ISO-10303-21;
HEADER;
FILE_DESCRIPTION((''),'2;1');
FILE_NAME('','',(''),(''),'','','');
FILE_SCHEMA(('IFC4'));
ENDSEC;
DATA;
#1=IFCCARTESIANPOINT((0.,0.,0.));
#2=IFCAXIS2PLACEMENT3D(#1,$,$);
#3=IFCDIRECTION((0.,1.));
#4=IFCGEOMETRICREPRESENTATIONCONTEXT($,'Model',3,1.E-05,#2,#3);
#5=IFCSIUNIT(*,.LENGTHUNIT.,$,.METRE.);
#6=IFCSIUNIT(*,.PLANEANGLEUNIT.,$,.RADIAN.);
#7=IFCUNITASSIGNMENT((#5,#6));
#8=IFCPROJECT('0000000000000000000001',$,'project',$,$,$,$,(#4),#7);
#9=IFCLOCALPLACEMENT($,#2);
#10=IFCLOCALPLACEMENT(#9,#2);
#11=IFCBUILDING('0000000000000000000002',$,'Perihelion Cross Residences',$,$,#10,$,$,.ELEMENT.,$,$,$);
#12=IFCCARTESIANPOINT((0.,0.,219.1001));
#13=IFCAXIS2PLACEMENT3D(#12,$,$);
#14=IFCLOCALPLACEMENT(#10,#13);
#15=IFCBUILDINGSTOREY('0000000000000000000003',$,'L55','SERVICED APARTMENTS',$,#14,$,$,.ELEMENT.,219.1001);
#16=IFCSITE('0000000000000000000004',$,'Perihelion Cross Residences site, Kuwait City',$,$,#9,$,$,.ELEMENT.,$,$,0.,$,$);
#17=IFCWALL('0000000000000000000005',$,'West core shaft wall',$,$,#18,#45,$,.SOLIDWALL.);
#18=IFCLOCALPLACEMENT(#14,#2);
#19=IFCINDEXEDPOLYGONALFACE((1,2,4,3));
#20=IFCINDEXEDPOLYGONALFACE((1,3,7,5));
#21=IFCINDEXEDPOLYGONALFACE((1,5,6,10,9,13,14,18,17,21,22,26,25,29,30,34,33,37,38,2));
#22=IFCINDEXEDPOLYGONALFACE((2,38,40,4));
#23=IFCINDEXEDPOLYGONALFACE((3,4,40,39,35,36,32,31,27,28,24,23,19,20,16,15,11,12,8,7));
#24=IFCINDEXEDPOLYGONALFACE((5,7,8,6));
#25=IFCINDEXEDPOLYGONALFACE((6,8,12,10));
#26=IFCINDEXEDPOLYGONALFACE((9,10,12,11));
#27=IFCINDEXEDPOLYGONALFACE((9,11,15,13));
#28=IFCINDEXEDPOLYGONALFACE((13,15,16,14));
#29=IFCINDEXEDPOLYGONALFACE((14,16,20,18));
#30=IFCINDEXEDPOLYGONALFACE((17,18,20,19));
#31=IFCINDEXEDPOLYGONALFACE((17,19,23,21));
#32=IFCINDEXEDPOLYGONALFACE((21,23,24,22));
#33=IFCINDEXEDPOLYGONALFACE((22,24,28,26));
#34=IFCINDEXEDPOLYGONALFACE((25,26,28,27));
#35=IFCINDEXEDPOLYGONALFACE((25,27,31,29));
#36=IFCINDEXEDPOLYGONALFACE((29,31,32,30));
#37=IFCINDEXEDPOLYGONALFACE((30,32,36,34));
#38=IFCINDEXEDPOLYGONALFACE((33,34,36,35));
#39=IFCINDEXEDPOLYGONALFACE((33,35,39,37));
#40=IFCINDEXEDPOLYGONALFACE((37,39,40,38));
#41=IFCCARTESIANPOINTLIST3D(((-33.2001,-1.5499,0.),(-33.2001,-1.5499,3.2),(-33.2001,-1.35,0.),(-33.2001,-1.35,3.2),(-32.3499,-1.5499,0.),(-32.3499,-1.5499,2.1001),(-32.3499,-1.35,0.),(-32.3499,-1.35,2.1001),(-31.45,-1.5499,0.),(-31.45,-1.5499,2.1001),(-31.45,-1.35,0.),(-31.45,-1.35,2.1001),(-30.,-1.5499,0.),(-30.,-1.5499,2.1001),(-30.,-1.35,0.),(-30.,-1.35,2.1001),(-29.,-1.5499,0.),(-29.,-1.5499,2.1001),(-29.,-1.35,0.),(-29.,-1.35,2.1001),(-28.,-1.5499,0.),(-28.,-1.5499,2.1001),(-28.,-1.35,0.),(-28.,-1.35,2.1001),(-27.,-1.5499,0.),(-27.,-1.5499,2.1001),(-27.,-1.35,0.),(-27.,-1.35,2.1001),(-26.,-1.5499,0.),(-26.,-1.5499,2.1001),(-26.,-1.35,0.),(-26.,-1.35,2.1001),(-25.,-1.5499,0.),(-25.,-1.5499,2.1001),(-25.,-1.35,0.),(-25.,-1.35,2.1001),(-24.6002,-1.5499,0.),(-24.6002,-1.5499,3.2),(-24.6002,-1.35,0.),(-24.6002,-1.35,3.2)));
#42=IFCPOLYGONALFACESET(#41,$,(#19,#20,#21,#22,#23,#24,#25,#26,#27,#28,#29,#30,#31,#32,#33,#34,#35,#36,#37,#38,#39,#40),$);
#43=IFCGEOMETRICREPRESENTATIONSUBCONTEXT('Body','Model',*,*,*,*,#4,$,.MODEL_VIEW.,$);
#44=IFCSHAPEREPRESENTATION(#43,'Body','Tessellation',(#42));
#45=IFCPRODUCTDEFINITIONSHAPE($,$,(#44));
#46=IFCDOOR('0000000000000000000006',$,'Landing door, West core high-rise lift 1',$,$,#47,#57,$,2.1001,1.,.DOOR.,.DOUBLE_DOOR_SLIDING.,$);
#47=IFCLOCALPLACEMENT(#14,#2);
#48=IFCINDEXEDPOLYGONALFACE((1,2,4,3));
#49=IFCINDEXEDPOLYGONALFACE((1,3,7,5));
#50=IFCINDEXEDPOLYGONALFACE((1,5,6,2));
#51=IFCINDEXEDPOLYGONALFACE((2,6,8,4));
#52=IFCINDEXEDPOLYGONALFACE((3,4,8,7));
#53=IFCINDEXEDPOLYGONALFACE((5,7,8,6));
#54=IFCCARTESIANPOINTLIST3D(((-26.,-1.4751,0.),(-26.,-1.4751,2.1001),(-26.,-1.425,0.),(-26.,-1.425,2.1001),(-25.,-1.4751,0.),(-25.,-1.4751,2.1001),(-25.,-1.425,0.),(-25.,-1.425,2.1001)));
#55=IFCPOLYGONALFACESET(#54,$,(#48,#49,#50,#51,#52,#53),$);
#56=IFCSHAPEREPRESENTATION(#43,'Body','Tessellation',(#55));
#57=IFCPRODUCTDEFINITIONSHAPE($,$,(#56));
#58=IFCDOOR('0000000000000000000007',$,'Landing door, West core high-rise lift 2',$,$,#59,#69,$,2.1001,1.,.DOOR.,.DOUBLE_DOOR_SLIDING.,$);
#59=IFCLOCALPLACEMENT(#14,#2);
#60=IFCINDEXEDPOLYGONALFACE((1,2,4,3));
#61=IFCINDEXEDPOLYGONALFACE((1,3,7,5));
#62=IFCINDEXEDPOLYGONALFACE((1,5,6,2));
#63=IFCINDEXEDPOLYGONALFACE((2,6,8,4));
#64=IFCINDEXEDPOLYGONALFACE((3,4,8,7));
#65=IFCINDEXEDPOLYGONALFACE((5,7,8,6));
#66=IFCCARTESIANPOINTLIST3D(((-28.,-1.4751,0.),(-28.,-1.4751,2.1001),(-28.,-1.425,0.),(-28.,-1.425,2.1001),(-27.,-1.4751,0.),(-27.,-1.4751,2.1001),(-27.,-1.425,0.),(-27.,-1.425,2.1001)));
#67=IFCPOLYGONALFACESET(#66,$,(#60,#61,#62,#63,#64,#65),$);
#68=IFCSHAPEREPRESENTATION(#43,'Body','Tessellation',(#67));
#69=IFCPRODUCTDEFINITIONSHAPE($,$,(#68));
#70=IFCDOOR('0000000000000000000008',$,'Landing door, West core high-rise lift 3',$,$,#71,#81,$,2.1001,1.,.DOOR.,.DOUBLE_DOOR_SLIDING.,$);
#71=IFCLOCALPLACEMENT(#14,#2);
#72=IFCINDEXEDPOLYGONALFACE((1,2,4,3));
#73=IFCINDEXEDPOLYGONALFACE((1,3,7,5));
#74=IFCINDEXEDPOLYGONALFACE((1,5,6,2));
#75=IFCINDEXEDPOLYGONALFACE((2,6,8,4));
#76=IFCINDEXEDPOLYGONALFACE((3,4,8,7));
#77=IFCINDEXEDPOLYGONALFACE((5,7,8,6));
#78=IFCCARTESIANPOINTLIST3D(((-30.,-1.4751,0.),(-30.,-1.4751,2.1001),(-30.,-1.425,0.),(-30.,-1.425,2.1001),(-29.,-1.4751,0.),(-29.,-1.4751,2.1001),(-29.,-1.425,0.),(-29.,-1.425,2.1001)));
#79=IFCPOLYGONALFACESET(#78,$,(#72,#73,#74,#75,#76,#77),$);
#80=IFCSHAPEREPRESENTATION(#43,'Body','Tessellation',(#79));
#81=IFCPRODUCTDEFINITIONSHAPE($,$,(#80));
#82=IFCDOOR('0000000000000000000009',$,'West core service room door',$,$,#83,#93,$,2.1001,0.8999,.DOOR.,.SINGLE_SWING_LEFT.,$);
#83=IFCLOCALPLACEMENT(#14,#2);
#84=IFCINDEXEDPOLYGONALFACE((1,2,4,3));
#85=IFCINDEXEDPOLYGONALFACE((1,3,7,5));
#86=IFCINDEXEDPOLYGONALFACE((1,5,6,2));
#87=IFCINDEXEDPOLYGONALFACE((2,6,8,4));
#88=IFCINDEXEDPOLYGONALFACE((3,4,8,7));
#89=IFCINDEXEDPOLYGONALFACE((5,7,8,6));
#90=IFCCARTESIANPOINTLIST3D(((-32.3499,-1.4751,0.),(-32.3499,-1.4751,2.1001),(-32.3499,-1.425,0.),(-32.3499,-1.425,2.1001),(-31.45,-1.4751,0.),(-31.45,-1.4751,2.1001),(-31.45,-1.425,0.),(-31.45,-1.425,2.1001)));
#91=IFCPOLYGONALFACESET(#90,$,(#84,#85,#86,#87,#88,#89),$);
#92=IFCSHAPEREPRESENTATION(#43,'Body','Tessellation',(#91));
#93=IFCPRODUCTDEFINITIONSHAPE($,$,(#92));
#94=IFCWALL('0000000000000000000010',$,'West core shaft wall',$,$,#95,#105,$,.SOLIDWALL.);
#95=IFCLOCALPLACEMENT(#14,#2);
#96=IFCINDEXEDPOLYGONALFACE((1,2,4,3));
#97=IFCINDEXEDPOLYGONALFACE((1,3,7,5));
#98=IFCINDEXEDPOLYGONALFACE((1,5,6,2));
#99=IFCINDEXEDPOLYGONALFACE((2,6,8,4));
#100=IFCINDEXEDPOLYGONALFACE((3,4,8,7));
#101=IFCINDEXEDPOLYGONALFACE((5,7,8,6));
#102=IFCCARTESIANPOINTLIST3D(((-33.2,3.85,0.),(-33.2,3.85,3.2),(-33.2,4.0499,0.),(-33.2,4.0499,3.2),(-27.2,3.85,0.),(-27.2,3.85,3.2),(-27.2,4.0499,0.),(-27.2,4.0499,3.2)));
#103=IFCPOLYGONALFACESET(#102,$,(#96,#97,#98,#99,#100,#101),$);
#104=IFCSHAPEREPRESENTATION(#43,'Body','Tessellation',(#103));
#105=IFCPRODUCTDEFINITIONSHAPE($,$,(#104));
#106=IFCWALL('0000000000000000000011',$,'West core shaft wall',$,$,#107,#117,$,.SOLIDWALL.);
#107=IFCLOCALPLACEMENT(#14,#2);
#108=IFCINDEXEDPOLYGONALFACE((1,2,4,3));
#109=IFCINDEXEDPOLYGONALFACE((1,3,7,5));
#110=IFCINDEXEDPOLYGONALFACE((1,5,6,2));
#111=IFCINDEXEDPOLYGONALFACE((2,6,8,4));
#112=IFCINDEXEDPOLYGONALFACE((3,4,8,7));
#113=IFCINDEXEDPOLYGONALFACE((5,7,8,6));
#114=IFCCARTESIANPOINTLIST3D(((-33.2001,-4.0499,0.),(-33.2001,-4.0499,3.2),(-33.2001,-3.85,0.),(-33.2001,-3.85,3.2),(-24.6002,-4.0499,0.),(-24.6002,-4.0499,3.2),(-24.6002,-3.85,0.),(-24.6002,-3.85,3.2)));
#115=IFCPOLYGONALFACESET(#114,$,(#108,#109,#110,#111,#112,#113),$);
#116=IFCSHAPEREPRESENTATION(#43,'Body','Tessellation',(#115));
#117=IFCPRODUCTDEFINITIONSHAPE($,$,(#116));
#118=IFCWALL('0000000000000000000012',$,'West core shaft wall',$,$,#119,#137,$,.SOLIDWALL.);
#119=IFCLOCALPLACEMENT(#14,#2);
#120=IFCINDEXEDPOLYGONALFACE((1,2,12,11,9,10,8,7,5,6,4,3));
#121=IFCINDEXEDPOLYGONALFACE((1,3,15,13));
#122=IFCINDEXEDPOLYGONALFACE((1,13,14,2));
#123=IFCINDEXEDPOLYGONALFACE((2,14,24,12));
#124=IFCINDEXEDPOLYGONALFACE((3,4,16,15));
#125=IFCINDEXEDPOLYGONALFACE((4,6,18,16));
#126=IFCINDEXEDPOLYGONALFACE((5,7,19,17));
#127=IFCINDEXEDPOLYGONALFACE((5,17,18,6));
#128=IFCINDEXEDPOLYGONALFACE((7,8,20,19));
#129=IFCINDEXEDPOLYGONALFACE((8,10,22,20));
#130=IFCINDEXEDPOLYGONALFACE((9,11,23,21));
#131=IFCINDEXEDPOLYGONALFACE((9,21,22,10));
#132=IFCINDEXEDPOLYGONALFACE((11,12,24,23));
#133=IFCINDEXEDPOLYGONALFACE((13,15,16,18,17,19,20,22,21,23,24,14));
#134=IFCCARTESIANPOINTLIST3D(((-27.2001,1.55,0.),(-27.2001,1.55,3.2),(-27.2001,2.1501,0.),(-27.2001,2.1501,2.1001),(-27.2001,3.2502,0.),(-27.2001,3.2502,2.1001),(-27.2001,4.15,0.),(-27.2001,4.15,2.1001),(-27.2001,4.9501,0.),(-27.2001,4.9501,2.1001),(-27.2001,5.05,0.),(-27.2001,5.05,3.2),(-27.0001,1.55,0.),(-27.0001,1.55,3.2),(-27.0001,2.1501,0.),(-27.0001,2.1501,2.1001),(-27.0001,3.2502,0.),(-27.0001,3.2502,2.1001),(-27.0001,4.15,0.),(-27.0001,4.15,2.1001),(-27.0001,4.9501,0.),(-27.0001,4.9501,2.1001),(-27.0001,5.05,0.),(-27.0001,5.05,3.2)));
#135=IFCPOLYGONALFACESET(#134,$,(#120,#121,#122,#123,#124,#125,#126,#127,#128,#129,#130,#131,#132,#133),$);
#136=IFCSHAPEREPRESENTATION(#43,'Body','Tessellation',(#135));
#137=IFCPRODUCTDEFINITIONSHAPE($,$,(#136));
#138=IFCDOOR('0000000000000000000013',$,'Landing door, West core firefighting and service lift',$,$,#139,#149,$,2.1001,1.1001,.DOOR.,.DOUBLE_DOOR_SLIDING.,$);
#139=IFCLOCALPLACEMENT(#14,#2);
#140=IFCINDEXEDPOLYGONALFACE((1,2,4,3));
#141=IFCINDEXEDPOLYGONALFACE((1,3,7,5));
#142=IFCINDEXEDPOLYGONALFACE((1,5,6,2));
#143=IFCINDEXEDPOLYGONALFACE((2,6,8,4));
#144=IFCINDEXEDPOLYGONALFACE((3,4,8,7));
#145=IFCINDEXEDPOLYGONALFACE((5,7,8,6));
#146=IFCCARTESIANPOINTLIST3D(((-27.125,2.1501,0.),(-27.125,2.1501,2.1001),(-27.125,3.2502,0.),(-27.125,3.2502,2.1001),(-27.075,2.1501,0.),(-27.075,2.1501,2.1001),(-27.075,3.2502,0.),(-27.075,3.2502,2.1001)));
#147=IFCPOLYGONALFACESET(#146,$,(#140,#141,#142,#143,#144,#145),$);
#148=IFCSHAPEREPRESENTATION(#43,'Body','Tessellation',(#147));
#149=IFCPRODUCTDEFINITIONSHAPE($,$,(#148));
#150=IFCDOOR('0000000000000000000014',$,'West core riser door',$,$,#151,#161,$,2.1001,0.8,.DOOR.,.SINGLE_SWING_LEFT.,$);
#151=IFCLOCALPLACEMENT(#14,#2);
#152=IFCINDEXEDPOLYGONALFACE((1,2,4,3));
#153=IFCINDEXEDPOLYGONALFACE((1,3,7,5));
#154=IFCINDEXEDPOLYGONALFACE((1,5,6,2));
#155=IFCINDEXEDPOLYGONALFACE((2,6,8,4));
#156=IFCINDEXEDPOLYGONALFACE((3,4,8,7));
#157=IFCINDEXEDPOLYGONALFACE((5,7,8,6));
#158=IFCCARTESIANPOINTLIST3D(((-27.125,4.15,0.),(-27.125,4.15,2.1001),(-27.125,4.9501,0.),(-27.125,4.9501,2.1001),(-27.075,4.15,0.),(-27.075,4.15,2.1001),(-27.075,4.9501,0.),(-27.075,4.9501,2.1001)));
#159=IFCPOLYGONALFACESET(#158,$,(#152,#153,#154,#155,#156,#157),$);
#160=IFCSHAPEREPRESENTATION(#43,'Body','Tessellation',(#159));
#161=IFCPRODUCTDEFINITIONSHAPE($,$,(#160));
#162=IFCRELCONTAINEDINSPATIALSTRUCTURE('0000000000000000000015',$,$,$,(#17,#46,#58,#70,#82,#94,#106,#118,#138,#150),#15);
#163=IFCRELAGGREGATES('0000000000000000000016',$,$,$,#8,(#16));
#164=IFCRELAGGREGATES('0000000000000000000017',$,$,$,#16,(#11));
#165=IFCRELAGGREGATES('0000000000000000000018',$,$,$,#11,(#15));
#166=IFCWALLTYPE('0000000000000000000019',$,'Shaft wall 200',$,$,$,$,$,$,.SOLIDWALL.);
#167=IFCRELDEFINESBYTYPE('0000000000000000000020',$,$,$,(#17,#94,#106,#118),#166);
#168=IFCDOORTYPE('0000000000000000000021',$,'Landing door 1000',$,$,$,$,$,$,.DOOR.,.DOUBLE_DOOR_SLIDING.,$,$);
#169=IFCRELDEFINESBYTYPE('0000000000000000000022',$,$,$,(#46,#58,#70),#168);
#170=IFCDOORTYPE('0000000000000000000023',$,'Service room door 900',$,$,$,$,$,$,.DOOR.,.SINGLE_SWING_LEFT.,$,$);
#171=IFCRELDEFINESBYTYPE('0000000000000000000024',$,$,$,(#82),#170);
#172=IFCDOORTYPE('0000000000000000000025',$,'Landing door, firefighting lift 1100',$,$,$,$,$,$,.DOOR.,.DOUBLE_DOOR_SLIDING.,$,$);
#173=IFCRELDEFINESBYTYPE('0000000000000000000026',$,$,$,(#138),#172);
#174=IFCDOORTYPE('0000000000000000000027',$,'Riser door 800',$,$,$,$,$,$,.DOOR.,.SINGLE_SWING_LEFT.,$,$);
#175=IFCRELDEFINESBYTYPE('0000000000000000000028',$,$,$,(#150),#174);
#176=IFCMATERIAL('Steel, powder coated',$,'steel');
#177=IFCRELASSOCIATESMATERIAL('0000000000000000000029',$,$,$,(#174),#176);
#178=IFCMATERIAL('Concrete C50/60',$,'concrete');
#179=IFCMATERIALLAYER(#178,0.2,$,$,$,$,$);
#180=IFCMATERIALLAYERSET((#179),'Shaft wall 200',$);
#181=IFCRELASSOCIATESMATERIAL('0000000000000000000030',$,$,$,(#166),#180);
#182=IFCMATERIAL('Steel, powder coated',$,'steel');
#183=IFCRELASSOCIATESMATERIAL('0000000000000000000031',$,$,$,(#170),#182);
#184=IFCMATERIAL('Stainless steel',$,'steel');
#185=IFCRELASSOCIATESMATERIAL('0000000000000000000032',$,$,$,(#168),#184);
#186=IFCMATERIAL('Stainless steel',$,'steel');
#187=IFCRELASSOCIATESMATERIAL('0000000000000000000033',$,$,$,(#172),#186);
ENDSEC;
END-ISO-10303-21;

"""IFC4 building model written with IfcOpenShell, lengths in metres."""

from ifc_helpers import new_model, si_unit, direction, frame, frame_2d, origin, place, context, subcontext, project, spatial, rectangle, extrude, material, layer, layer_set, type_object, element, fill, save


model = new_model("IFC4")

# Units and contexts
model_context = context("Model", 3, precision=1e-05, world=origin(), true_north=direction((0.0, 1.0)))
body_context = subcontext(model_context, "Body", "Model", "MODEL_VIEW")
ifc_project = project(units=[si_unit("LENGTHUNIT", "METRE"), si_unit("PLANEANGLEUNIT", "RADIAN")], contexts=[model_context])

# Site, building, storey
site_placement = place(None, origin())
site = spatial("IfcSite", under=ifc_project, at=site_placement, Name="Perihelion Cross Residences site, Kuwait City", CompositionType="ELEMENT", RefElevation=0.0)
building_placement = place(site_placement, origin())
building = spatial("IfcBuilding", under=site, at=building_placement, Name="Perihelion Cross Residences", CompositionType="ELEMENT")
storey_placement = place(building_placement, frame((0.0, 0.0, 219.1001)))
storey = spatial("IfcBuildingStorey", under=building, at=storey_placement, Name="L55", Description="SERVICED APARTMENTS", CompositionType="ELEMENT", Elevation=219.1001)

# Shared definitions
ifc_material_1 = material(Name="Steel, powder coated", Category="steel")
door_type_1 = type_object("IfcDoorType", Name="Riser door 800", OperationType="SINGLE_SWING_LEFT", PredefinedType="DOOR", material=ifc_material_1)

# Wall, openings, doors
ifc_material_2 = material(Name="Concrete C50/60", Category="concrete")
ifc_layer_1 = layer(ifc_material_2, 0.2)
ifc_layer_set_1 = layer_set([ifc_layer_1], Name="Shaft wall 200")
wall_type_1 = type_object("IfcWallType", Name="Shaft wall 200", PredefinedType="SOLIDWALL", material=ifc_layer_set_1)
ifc_material_3 = material(Name="Steel, powder coated", Category="steel")
door_type_2 = type_object("IfcDoorType", Name="Service room door 900", OperationType="SINGLE_SWING_LEFT", PredefinedType="DOOR", material=ifc_material_3)
wall_1_placement = place(storey_placement, frame((-33.2, -1.45, 0.0), z_axis=(0.0, 0.0, 1.0), x_axis=(1.0, 0.0, 0.0)))
wall_1 = element("IfcWall", 1, at=wall_1_placement, inside=storey, type_object=wall_type_1, Name="West core shaft wall", PredefinedType="SOLIDWALL", context=body_context, shape_type="SweptSolid", body=[
    extrude(rectangle(XDim=8.5999, YDim=0.2, at=frame_2d((4.2998, 0.0))), origin(), (0.0, 0.0, 1.0), 3.2),
])
opening_1_placement = place(wall_1_placement, frame((7.2, 0.0, 0.0)))
opening_1 = element("IfcOpeningElement", 2, at=opening_1_placement, cuts=wall_1, PredefinedType="OPENING", context=body_context, shape_type="SweptSolid", body=[
    extrude(rectangle(XDim=1.0, YDim=2.1001, at=frame_2d((0.5, 1.05))), frame((0.0, 0.1099, 0.0), z_axis=(0.0, -1.0, 0.0), x_axis=(1.0, 0.0, 0.0)), (0.0, 0.0, 1.0), 0.22),
])
opening_2_placement = place(wall_1_placement, frame((5.2, 0.0, 0.0)))
opening_2 = element("IfcOpeningElement", 3, at=opening_2_placement, cuts=wall_1, PredefinedType="OPENING", context=body_context, shape_type="SweptSolid", body=[
    extrude(rectangle(XDim=1.0, YDim=2.1001, at=frame_2d((0.5, 1.05))), frame((0.0, 0.1099, 0.0), z_axis=(0.0, -1.0, 0.0), x_axis=(1.0, 0.0, 0.0)), (0.0, 0.0, 1.0), 0.22),
])
opening_3_placement = place(wall_1_placement, frame((3.2, 0.0, 0.0)))
opening_3 = element("IfcOpeningElement", 4, at=opening_3_placement, cuts=wall_1, PredefinedType="OPENING", context=body_context, shape_type="SweptSolid", body=[
    extrude(rectangle(XDim=1.0, YDim=2.1001, at=frame_2d((0.5, 1.05))), frame((0.0, 0.1099, 0.0), z_axis=(0.0, -1.0, 0.0), x_axis=(1.0, 0.0, 0.0)), (0.0, 0.0, 1.0), 0.22),
])
opening_4_placement = place(wall_1_placement, frame((0.8501, 0.0, 0.0)))
opening_4 = element("IfcOpeningElement", 5, at=opening_4_placement, cuts=wall_1, PredefinedType="OPENING", context=body_context, shape_type="SweptSolid", body=[
    extrude(rectangle(XDim=0.8999, YDim=2.1001, at=frame_2d((0.45, 1.05))), frame((0.0, 0.1099, 0.0), z_axis=(0.0, -1.0, 0.0), x_axis=(1.0, 0.0, 0.0)), (0.0, 0.0, 1.0), 0.22),
])
ifc_material_4 = material(Name="Stainless steel", Category="steel")
door_type_3 = type_object("IfcDoorType", Name="Landing door 1000", OperationType="DOUBLE_DOOR_SLIDING", PredefinedType="DOOR", material=ifc_material_4)
door_1_placement = place(opening_1_placement, origin())
door_1 = element("IfcDoor", 6, at=door_1_placement, inside=storey, type_object=door_type_3, Name="Landing door, West core high-rise lift 1", OperationType="DOUBLE_DOOR_SLIDING", OverallHeight=2.1001, OverallWidth=1.0, PredefinedType="DOOR", context=body_context, shape_type="SweptSolid", body=[
    extrude(rectangle(XDim=1.0, YDim=2.1001, at=frame_2d((0.5, 1.05))), frame((0.0, 0.0249, 0.0), z_axis=(0.0, -1.0, 0.0), x_axis=(1.0, 0.0, 0.0)), (0.0, 0.0, 1.0), 0.05),
])
fill(opening_1, door_1)
door_2_placement = place(opening_2_placement, origin())
door_2 = element("IfcDoor", 7, at=door_2_placement, inside=storey, type_object=door_type_3, Name="Landing door, West core high-rise lift 2", OperationType="DOUBLE_DOOR_SLIDING", OverallHeight=2.1001, OverallWidth=1.0, PredefinedType="DOOR", context=body_context, shape_type="SweptSolid", body=[
    extrude(rectangle(XDim=1.0, YDim=2.1001, at=frame_2d((0.5, 1.05))), frame((0.0, 0.0249, 0.0), z_axis=(0.0, -1.0, 0.0), x_axis=(1.0, 0.0, 0.0)), (0.0, 0.0, 1.0), 0.05),
])
fill(opening_2, door_2)
door_3_placement = place(opening_3_placement, origin())
door_3 = element("IfcDoor", 8, at=door_3_placement, inside=storey, type_object=door_type_3, Name="Landing door, West core high-rise lift 3", OperationType="DOUBLE_DOOR_SLIDING", OverallHeight=2.1001, OverallWidth=1.0, PredefinedType="DOOR", context=body_context, shape_type="SweptSolid", body=[
    extrude(rectangle(XDim=1.0, YDim=2.1001, at=frame_2d((0.5, 1.05))), frame((0.0, 0.0249, 0.0), z_axis=(0.0, -1.0, 0.0), x_axis=(1.0, 0.0, 0.0)), (0.0, 0.0, 1.0), 0.05),
])
fill(opening_3, door_3)
door_4_placement = place(opening_4_placement, origin())
door_4 = element("IfcDoor", 9, at=door_4_placement, inside=storey, type_object=door_type_2, Name="West core service room door", OperationType="SINGLE_SWING_LEFT", OverallHeight=2.1001, OverallWidth=0.8999, PredefinedType="DOOR", context=body_context, shape_type="SweptSolid", body=[
    extrude(rectangle(XDim=0.8999, YDim=2.1001, at=frame_2d((0.45, 1.05))), frame((0.0, 0.0249, 0.0), z_axis=(0.0, -1.0, 0.0), x_axis=(1.0, 0.0, 0.0)), (0.0, 0.0, 1.0), 0.05),
])
fill(opening_4, door_4)

# Walls
wall_2_placement = place(storey_placement, frame((-33.2, 3.95, 0.0), z_axis=(0.0, 0.0, 1.0), x_axis=(1.0, 0.0, 0.0)))
element("IfcWall", 10, at=wall_2_placement, inside=storey, type_object=wall_type_1, Name="West core shaft wall", PredefinedType="SOLIDWALL", context=body_context, shape_type="SweptSolid", body=[
    extrude(rectangle(XDim=6.0, YDim=0.2, at=frame_2d((3.0, 0.0))), origin(), (0.0, 0.0, 1.0), 3.2),
])
wall_3_placement = place(storey_placement, frame((-33.2, -3.95, 0.0), z_axis=(0.0, 0.0, 1.0), x_axis=(1.0, 0.0, 0.0)))
element("IfcWall", 11, at=wall_3_placement, inside=storey, type_object=wall_type_1, Name="West core shaft wall", PredefinedType="SOLIDWALL", context=body_context, shape_type="SweptSolid", body=[
    extrude(rectangle(XDim=8.5999, YDim=0.2, at=frame_2d((4.2998, 0.0))), origin(), (0.0, 0.0, 1.0), 3.2),
])

# Wall, openings, doors
wall_4_placement = place(storey_placement, frame((-27.1001, 1.55, 0.0), z_axis=(0.0, 0.0, 1.0), x_axis=(0.0, 1.0, 0.0)))
wall_4 = element("IfcWall", 12, at=wall_4_placement, inside=storey, type_object=wall_type_1, Name="West core shaft wall", PredefinedType="SOLIDWALL", context=body_context, shape_type="SweptSolid", body=[
    extrude(rectangle(XDim=3.5, YDim=0.2, at=frame_2d((1.75, 0.0))), origin(), (0.0, 0.0, 1.0), 3.2),
])
opening_5_placement = place(wall_4_placement, frame((0.6001, 0.0, 0.0)))
opening_5 = element("IfcOpeningElement", 13, at=opening_5_placement, cuts=wall_4, PredefinedType="OPENING", context=body_context, shape_type="SweptSolid", body=[
    extrude(rectangle(XDim=1.1001, YDim=2.1001, at=frame_2d((0.55, 1.05))), frame((0.0, 0.1099, 0.0), z_axis=(0.0, -1.0, 0.0), x_axis=(1.0, 0.0, 0.0)), (0.0, 0.0, 1.0), 0.22),
])
opening_6_placement = place(wall_4_placement, frame((2.6001, 0.0, 0.0)))
opening_6 = element("IfcOpeningElement", 14, at=opening_6_placement, cuts=wall_4, PredefinedType="OPENING", context=body_context, shape_type="SweptSolid", body=[
    extrude(rectangle(XDim=0.8, YDim=2.1001, at=frame_2d((0.3999, 1.05))), frame((0.0, 0.1099, 0.0), z_axis=(0.0, -1.0, 0.0), x_axis=(1.0, 0.0, 0.0)), (0.0, 0.0, 1.0), 0.22),
])
ifc_material_5 = material(Name="Stainless steel", Category="steel")
door_type_4 = type_object("IfcDoorType", Name="Landing door, firefighting lift 1100", OperationType="DOUBLE_DOOR_SLIDING", PredefinedType="DOOR", material=ifc_material_5)
door_5_placement = place(opening_5_placement, origin())
door_5 = element("IfcDoor", 15, at=door_5_placement, inside=storey, type_object=door_type_4, Name="Landing door, West core firefighting and service lift", OperationType="DOUBLE_DOOR_SLIDING", OverallHeight=2.1001, OverallWidth=1.1001, PredefinedType="DOOR", context=body_context, shape_type="SweptSolid", body=[
    extrude(rectangle(XDim=1.1001, YDim=2.1001, at=frame_2d((0.55, 1.05))), frame((0.0, 0.0249, 0.0), z_axis=(0.0, -1.0, 0.0), x_axis=(1.0, 0.0, 0.0)), (0.0, 0.0, 1.0), 0.05),
])
fill(opening_5, door_5)
door_6_placement = place(opening_6_placement, origin())
door_6 = element("IfcDoor", 16, at=door_6_placement, inside=storey, type_object=door_type_1, Name="West core riser door", OperationType="SINGLE_SWING_LEFT", OverallHeight=2.1001, OverallWidth=0.8, PredefinedType="DOOR", context=body_context, shape_type="SweptSolid", body=[
    extrude(rectangle(XDim=0.8, YDim=2.1001, at=frame_2d((0.3999, 1.05))), frame((0.0, 0.0249, 0.0), z_axis=(0.0, -1.0, 0.0), x_axis=(1.0, 0.0, 0.0)), (0.0, 0.0, 1.0), 0.05),
])
fill(opening_6, door_6)

save(model, "model.ifc")
